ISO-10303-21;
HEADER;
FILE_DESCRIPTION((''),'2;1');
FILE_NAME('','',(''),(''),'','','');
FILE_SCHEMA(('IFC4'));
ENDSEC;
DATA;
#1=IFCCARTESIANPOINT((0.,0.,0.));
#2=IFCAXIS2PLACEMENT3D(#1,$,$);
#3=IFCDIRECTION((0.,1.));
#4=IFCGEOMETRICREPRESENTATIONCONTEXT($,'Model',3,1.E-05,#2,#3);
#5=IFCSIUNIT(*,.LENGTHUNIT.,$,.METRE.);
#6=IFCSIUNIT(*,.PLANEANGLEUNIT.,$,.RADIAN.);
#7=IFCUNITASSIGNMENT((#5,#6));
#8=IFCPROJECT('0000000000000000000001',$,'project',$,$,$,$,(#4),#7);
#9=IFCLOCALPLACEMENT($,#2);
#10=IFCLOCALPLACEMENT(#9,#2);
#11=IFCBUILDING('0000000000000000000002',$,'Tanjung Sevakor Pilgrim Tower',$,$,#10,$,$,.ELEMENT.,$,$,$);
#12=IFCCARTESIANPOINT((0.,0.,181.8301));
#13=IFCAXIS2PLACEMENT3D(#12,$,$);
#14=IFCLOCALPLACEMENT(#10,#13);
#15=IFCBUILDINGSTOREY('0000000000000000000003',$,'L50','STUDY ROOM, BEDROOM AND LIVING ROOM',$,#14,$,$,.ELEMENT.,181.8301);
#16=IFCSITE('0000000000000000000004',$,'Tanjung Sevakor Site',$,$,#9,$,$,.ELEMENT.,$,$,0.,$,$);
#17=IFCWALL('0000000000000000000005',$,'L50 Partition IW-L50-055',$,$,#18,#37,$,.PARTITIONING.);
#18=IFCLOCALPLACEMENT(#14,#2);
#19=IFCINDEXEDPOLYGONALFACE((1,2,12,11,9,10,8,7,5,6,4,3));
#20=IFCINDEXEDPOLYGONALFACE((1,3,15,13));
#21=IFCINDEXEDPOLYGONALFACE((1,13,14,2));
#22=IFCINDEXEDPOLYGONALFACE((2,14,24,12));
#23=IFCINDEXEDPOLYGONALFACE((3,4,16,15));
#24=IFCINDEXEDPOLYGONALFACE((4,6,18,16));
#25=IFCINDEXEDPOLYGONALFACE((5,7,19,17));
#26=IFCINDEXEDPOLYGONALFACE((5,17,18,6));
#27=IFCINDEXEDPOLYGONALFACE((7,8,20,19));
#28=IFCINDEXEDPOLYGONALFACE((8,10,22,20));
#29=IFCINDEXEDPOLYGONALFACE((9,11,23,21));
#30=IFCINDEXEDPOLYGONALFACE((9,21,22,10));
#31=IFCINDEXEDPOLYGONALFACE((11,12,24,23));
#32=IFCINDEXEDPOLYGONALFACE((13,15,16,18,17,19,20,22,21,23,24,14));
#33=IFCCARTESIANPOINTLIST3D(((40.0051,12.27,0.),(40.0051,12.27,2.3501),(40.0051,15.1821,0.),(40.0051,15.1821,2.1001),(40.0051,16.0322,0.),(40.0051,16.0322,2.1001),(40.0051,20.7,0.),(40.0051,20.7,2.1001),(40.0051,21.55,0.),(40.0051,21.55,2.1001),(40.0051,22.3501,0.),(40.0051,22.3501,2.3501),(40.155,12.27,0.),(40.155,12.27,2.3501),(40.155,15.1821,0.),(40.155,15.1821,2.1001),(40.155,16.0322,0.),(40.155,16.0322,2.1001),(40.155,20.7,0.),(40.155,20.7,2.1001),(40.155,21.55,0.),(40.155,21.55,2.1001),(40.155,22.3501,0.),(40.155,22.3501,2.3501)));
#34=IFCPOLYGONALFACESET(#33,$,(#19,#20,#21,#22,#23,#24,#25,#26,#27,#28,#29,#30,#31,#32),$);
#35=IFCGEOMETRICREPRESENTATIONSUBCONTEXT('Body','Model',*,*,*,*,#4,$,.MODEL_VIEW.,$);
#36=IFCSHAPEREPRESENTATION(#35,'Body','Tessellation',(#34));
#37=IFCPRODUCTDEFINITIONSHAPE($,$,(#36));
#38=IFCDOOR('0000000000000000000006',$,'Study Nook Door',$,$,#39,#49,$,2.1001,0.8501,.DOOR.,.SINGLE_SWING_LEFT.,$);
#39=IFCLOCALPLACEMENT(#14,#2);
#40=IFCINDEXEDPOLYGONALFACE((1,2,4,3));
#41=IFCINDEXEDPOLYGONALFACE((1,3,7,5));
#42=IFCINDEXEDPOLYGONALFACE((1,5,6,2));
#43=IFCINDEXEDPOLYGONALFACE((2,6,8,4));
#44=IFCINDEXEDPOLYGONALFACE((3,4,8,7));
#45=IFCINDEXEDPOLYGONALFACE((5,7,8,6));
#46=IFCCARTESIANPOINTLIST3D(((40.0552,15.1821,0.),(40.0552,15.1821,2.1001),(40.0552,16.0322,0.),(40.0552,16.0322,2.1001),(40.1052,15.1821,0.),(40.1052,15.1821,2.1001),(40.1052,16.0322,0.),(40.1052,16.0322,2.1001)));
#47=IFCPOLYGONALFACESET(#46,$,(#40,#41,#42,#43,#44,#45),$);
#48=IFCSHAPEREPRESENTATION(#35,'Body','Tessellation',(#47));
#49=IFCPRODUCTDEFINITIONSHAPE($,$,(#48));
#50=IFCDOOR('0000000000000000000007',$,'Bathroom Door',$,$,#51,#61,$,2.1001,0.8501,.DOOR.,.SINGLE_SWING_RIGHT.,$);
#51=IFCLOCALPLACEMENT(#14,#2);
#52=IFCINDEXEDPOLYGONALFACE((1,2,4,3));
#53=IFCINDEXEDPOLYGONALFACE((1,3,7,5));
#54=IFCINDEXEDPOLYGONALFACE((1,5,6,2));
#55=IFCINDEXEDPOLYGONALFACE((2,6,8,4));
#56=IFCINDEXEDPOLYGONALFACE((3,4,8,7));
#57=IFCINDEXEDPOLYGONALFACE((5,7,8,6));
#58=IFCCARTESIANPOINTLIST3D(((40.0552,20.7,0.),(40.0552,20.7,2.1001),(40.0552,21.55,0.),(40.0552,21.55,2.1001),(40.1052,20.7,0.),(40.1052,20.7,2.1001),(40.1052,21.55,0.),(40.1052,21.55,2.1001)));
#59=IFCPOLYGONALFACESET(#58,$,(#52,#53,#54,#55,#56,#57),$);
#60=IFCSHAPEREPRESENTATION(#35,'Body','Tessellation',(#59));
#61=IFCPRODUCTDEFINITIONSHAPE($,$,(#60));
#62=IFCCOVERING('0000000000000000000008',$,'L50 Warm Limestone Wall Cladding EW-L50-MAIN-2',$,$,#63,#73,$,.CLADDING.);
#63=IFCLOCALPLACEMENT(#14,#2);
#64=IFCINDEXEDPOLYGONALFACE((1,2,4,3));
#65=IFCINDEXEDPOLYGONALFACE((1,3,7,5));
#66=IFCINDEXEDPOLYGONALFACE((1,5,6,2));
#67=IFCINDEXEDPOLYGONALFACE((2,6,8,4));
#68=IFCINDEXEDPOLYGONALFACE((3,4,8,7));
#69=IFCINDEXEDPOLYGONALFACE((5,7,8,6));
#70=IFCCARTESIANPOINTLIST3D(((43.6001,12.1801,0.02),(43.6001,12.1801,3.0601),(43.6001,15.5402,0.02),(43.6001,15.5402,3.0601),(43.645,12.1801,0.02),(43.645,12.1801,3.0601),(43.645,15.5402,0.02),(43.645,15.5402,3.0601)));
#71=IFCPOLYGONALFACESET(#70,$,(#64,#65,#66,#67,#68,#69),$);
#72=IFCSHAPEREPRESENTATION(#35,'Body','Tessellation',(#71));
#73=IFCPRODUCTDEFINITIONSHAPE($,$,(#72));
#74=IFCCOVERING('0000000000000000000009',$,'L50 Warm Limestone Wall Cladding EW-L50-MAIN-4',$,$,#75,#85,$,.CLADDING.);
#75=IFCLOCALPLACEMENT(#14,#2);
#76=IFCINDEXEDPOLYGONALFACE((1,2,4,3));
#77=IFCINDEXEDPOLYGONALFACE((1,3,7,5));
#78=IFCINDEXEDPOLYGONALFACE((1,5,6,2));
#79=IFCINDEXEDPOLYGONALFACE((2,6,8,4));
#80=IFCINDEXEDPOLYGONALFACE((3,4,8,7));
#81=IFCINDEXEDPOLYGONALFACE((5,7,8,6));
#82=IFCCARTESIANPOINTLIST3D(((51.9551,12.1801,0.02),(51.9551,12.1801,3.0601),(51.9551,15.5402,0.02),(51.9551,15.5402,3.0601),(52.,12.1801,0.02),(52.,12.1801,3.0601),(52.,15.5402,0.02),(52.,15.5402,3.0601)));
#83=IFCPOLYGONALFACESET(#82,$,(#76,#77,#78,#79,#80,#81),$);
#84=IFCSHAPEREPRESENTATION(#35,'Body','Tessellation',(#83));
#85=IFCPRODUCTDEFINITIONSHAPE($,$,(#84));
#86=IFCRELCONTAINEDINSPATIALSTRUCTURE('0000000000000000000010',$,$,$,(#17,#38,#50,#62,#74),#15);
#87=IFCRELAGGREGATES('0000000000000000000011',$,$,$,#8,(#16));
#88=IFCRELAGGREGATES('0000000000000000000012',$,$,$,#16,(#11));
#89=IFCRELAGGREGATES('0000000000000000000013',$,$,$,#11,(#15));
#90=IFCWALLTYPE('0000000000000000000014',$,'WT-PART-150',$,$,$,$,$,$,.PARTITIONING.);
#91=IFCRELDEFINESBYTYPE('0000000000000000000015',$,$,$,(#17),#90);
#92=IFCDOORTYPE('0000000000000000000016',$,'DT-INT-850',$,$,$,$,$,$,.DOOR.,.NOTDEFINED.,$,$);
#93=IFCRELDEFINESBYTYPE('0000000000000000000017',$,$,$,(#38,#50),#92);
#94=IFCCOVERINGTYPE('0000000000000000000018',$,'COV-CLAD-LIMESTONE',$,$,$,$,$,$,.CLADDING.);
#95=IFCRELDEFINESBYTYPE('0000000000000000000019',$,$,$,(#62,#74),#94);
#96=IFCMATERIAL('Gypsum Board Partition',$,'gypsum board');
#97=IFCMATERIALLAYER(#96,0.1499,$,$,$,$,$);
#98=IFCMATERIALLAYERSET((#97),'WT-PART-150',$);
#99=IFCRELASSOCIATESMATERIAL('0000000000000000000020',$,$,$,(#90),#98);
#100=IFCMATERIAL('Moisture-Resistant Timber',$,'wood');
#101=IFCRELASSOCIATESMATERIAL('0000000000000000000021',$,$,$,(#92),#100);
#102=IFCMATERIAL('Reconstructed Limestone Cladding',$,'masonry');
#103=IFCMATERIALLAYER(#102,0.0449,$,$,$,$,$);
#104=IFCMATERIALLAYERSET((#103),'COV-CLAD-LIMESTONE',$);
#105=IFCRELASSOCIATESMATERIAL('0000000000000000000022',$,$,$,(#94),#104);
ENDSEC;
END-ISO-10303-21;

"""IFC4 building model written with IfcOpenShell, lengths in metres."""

from ifc_helpers import new_model, si_unit, direction, frame, frame_2d, origin, origin_2d, place, context, subcontext, project, spatial, rectangle, extrude, material, layer, layer_set, type_object, element, fill, save


model = new_model("IFC4")

# Units and contexts
model_context = context("Model", 3, precision=1e-05, world=origin(), true_north=direction((0.0, 1.0)))
body_context = subcontext(model_context, "Body", "Model", "MODEL_VIEW")
ifc_project = project(units=[si_unit("LENGTHUNIT", "METRE"), si_unit("PLANEANGLEUNIT", "RADIAN")], contexts=[model_context])

# Site, building, storey
site_placement = place(None, origin())
site = spatial("IfcSite", under=ifc_project, at=site_placement, Name="Tanjung Sevakor Site", CompositionType="ELEMENT", RefElevation=0.0)
building_placement = place(site_placement, origin())
building = spatial("IfcBuilding", under=site, at=building_placement, Name="Tanjung Sevakor Pilgrim Tower", CompositionType="ELEMENT")
storey_placement = place(building_placement, frame((0.0, 0.0, 181.8301)))
storey = spatial("IfcBuildingStorey", under=building, at=storey_placement, Name="L50", Description="STUDY ROOM, BEDROOM AND LIVING ROOM", CompositionType="ELEMENT", Elevation=181.8301)

# Wall, openings, doors
ifc_material_1 = material(Name="Gypsum Board Partition", Category="gypsum board")
ifc_layer_1 = layer(ifc_material_1, 0.1499)
ifc_layer_set_1 = layer_set([ifc_layer_1], Name="WT-PART-150")
wall_type_1 = type_object("IfcWallType", Name="WT-PART-150", PredefinedType="PARTITIONING", material=ifc_layer_set_1)
wall_1_placement = place(storey_placement, frame((40.0801, 12.27, 0.0), z_axis=(0.0, 0.0, 1.0), x_axis=(0.0, 1.0, 0.0)))
wall_1 = element("IfcWall", 1, at=wall_1_placement, inside=storey, type_object=wall_type_1, Name="L50 Partition IW-L50-055", PredefinedType="PARTITIONING", context=body_context, shape_type="SweptSolid", body=[
    extrude(rectangle(XDim=10.0801, YDim=0.1499, at=frame_2d((5.04, 0.0))), origin(), (0.0, 0.0, 1.0), 2.3501),
])
opening_1_placement = place(wall_1_placement, frame((2.9121, 0.0, 0.0)))
opening_1 = element("IfcOpeningElement", 2, at=opening_1_placement, cuts=wall_1, PredefinedType="OPENING", context=body_context, shape_type="SweptSolid", body=[
    extrude(rectangle(XDim=0.8501, YDim=2.1001, at=frame_2d((0.425, 1.05))), frame((0.0, 0.085, 0.0), z_axis=(0.0, -1.0, 0.0), x_axis=(1.0, 0.0, 0.0)), (0.0, 0.0, 1.0), 0.1699),
])
opening_2_placement = place(wall_1_placement, frame((8.4299, 0.0, 0.0)))
opening_2 = element("IfcOpeningElement", 3, at=opening_2_placement, cuts=wall_1, PredefinedType="OPENING", context=body_context, shape_type="SweptSolid", body=[
    extrude(rectangle(XDim=0.8501, YDim=2.1001, at=frame_2d((0.425, 1.05))), frame((0.0, 0.085, 0.0), z_axis=(0.0, -1.0, 0.0), x_axis=(1.0, 0.0, 0.0)), (0.0, 0.0, 1.0), 0.1699),
])
ifc_material_2 = material(Name="Moisture-Resistant Timber", Category="wood")
door_type_1 = type_object("IfcDoorType", Name="DT-INT-850", OperationType="NOTDEFINED", PredefinedType="DOOR", material=ifc_material_2)
door_1_placement = place(opening_1_placement, origin())
door_1 = element("IfcDoor", 4, at=door_1_placement, inside=storey, type_object=door_type_1, Name="Study Nook Door", OperationType="SINGLE_SWING_LEFT", OverallHeight=2.1001, OverallWidth=0.8501, PredefinedType="DOOR", context=body_context, shape_type="SweptSolid", body=[
    extrude(rectangle(XDim=0.8501, YDim=2.1001, at=frame_2d((0.425, 1.05))), frame((0.0, 0.0249, 0.0), z_axis=(0.0, -1.0, 0.0), x_axis=(1.0, 0.0, 0.0)), (0.0, 0.0, 1.0), 0.05),
])
fill(opening_1, door_1)
door_2_placement = place(opening_2_placement, origin())
door_2 = element("IfcDoor", 5, at=door_2_placement, inside=storey, type_object=door_type_1, Name="Bathroom Door", OperationType="SINGLE_SWING_RIGHT", OverallHeight=2.1001, OverallWidth=0.8501, PredefinedType="DOOR", context=body_context, shape_type="SweptSolid", body=[
    extrude(rectangle(XDim=0.8501, YDim=2.1001, at=frame_2d((0.425, 1.05))), frame((0.0, 0.0249, 0.0), z_axis=(0.0, -1.0, 0.0), x_axis=(1.0, 0.0, 0.0)), (0.0, 0.0, 1.0), 0.05),
])
fill(opening_2, door_2)

# Coverings
ifc_material_3 = material(Name="Reconstructed Limestone Cladding", Category="masonry")
ifc_layer_2 = layer(ifc_material_3, 0.0449)
ifc_layer_set_2 = layer_set([ifc_layer_2], Name="COV-CLAD-LIMESTONE")
covering_type = type_object("IfcCoveringType", Name="COV-CLAD-LIMESTONE", PredefinedType="CLADDING", material=ifc_layer_set_2)
for number, where, z_axis, x_axis, name in (
    (6, (43.6226, 13.8601, 0.02), (0.0, 0.0, 1.0), (0.0, 1.0, 0.0), "L50 Warm Limestone Wall Cladding EW-L50-MAIN-2"),
    (7, (51.9775, 13.8601, 0.02), (0.0, 0.0, 1.0), (0.0, -1.0, 0.0), "L50 Warm Limestone Wall Cladding EW-L50-MAIN-4"),
):
    element("IfcCovering", number, at=place(storey_placement, frame(where, z_axis=z_axis, x_axis=x_axis)), inside=storey, type_object=covering_type, Name=name, PredefinedType="CLADDING", context=body_context, shape_type="SweptSolid", body=[
        extrude(rectangle(XDim=3.3601, YDim=0.0449, at=origin_2d()), origin(), (0.0, 0.0, 1.0), 3.04),
    ])

save(model, "model.ifc")
